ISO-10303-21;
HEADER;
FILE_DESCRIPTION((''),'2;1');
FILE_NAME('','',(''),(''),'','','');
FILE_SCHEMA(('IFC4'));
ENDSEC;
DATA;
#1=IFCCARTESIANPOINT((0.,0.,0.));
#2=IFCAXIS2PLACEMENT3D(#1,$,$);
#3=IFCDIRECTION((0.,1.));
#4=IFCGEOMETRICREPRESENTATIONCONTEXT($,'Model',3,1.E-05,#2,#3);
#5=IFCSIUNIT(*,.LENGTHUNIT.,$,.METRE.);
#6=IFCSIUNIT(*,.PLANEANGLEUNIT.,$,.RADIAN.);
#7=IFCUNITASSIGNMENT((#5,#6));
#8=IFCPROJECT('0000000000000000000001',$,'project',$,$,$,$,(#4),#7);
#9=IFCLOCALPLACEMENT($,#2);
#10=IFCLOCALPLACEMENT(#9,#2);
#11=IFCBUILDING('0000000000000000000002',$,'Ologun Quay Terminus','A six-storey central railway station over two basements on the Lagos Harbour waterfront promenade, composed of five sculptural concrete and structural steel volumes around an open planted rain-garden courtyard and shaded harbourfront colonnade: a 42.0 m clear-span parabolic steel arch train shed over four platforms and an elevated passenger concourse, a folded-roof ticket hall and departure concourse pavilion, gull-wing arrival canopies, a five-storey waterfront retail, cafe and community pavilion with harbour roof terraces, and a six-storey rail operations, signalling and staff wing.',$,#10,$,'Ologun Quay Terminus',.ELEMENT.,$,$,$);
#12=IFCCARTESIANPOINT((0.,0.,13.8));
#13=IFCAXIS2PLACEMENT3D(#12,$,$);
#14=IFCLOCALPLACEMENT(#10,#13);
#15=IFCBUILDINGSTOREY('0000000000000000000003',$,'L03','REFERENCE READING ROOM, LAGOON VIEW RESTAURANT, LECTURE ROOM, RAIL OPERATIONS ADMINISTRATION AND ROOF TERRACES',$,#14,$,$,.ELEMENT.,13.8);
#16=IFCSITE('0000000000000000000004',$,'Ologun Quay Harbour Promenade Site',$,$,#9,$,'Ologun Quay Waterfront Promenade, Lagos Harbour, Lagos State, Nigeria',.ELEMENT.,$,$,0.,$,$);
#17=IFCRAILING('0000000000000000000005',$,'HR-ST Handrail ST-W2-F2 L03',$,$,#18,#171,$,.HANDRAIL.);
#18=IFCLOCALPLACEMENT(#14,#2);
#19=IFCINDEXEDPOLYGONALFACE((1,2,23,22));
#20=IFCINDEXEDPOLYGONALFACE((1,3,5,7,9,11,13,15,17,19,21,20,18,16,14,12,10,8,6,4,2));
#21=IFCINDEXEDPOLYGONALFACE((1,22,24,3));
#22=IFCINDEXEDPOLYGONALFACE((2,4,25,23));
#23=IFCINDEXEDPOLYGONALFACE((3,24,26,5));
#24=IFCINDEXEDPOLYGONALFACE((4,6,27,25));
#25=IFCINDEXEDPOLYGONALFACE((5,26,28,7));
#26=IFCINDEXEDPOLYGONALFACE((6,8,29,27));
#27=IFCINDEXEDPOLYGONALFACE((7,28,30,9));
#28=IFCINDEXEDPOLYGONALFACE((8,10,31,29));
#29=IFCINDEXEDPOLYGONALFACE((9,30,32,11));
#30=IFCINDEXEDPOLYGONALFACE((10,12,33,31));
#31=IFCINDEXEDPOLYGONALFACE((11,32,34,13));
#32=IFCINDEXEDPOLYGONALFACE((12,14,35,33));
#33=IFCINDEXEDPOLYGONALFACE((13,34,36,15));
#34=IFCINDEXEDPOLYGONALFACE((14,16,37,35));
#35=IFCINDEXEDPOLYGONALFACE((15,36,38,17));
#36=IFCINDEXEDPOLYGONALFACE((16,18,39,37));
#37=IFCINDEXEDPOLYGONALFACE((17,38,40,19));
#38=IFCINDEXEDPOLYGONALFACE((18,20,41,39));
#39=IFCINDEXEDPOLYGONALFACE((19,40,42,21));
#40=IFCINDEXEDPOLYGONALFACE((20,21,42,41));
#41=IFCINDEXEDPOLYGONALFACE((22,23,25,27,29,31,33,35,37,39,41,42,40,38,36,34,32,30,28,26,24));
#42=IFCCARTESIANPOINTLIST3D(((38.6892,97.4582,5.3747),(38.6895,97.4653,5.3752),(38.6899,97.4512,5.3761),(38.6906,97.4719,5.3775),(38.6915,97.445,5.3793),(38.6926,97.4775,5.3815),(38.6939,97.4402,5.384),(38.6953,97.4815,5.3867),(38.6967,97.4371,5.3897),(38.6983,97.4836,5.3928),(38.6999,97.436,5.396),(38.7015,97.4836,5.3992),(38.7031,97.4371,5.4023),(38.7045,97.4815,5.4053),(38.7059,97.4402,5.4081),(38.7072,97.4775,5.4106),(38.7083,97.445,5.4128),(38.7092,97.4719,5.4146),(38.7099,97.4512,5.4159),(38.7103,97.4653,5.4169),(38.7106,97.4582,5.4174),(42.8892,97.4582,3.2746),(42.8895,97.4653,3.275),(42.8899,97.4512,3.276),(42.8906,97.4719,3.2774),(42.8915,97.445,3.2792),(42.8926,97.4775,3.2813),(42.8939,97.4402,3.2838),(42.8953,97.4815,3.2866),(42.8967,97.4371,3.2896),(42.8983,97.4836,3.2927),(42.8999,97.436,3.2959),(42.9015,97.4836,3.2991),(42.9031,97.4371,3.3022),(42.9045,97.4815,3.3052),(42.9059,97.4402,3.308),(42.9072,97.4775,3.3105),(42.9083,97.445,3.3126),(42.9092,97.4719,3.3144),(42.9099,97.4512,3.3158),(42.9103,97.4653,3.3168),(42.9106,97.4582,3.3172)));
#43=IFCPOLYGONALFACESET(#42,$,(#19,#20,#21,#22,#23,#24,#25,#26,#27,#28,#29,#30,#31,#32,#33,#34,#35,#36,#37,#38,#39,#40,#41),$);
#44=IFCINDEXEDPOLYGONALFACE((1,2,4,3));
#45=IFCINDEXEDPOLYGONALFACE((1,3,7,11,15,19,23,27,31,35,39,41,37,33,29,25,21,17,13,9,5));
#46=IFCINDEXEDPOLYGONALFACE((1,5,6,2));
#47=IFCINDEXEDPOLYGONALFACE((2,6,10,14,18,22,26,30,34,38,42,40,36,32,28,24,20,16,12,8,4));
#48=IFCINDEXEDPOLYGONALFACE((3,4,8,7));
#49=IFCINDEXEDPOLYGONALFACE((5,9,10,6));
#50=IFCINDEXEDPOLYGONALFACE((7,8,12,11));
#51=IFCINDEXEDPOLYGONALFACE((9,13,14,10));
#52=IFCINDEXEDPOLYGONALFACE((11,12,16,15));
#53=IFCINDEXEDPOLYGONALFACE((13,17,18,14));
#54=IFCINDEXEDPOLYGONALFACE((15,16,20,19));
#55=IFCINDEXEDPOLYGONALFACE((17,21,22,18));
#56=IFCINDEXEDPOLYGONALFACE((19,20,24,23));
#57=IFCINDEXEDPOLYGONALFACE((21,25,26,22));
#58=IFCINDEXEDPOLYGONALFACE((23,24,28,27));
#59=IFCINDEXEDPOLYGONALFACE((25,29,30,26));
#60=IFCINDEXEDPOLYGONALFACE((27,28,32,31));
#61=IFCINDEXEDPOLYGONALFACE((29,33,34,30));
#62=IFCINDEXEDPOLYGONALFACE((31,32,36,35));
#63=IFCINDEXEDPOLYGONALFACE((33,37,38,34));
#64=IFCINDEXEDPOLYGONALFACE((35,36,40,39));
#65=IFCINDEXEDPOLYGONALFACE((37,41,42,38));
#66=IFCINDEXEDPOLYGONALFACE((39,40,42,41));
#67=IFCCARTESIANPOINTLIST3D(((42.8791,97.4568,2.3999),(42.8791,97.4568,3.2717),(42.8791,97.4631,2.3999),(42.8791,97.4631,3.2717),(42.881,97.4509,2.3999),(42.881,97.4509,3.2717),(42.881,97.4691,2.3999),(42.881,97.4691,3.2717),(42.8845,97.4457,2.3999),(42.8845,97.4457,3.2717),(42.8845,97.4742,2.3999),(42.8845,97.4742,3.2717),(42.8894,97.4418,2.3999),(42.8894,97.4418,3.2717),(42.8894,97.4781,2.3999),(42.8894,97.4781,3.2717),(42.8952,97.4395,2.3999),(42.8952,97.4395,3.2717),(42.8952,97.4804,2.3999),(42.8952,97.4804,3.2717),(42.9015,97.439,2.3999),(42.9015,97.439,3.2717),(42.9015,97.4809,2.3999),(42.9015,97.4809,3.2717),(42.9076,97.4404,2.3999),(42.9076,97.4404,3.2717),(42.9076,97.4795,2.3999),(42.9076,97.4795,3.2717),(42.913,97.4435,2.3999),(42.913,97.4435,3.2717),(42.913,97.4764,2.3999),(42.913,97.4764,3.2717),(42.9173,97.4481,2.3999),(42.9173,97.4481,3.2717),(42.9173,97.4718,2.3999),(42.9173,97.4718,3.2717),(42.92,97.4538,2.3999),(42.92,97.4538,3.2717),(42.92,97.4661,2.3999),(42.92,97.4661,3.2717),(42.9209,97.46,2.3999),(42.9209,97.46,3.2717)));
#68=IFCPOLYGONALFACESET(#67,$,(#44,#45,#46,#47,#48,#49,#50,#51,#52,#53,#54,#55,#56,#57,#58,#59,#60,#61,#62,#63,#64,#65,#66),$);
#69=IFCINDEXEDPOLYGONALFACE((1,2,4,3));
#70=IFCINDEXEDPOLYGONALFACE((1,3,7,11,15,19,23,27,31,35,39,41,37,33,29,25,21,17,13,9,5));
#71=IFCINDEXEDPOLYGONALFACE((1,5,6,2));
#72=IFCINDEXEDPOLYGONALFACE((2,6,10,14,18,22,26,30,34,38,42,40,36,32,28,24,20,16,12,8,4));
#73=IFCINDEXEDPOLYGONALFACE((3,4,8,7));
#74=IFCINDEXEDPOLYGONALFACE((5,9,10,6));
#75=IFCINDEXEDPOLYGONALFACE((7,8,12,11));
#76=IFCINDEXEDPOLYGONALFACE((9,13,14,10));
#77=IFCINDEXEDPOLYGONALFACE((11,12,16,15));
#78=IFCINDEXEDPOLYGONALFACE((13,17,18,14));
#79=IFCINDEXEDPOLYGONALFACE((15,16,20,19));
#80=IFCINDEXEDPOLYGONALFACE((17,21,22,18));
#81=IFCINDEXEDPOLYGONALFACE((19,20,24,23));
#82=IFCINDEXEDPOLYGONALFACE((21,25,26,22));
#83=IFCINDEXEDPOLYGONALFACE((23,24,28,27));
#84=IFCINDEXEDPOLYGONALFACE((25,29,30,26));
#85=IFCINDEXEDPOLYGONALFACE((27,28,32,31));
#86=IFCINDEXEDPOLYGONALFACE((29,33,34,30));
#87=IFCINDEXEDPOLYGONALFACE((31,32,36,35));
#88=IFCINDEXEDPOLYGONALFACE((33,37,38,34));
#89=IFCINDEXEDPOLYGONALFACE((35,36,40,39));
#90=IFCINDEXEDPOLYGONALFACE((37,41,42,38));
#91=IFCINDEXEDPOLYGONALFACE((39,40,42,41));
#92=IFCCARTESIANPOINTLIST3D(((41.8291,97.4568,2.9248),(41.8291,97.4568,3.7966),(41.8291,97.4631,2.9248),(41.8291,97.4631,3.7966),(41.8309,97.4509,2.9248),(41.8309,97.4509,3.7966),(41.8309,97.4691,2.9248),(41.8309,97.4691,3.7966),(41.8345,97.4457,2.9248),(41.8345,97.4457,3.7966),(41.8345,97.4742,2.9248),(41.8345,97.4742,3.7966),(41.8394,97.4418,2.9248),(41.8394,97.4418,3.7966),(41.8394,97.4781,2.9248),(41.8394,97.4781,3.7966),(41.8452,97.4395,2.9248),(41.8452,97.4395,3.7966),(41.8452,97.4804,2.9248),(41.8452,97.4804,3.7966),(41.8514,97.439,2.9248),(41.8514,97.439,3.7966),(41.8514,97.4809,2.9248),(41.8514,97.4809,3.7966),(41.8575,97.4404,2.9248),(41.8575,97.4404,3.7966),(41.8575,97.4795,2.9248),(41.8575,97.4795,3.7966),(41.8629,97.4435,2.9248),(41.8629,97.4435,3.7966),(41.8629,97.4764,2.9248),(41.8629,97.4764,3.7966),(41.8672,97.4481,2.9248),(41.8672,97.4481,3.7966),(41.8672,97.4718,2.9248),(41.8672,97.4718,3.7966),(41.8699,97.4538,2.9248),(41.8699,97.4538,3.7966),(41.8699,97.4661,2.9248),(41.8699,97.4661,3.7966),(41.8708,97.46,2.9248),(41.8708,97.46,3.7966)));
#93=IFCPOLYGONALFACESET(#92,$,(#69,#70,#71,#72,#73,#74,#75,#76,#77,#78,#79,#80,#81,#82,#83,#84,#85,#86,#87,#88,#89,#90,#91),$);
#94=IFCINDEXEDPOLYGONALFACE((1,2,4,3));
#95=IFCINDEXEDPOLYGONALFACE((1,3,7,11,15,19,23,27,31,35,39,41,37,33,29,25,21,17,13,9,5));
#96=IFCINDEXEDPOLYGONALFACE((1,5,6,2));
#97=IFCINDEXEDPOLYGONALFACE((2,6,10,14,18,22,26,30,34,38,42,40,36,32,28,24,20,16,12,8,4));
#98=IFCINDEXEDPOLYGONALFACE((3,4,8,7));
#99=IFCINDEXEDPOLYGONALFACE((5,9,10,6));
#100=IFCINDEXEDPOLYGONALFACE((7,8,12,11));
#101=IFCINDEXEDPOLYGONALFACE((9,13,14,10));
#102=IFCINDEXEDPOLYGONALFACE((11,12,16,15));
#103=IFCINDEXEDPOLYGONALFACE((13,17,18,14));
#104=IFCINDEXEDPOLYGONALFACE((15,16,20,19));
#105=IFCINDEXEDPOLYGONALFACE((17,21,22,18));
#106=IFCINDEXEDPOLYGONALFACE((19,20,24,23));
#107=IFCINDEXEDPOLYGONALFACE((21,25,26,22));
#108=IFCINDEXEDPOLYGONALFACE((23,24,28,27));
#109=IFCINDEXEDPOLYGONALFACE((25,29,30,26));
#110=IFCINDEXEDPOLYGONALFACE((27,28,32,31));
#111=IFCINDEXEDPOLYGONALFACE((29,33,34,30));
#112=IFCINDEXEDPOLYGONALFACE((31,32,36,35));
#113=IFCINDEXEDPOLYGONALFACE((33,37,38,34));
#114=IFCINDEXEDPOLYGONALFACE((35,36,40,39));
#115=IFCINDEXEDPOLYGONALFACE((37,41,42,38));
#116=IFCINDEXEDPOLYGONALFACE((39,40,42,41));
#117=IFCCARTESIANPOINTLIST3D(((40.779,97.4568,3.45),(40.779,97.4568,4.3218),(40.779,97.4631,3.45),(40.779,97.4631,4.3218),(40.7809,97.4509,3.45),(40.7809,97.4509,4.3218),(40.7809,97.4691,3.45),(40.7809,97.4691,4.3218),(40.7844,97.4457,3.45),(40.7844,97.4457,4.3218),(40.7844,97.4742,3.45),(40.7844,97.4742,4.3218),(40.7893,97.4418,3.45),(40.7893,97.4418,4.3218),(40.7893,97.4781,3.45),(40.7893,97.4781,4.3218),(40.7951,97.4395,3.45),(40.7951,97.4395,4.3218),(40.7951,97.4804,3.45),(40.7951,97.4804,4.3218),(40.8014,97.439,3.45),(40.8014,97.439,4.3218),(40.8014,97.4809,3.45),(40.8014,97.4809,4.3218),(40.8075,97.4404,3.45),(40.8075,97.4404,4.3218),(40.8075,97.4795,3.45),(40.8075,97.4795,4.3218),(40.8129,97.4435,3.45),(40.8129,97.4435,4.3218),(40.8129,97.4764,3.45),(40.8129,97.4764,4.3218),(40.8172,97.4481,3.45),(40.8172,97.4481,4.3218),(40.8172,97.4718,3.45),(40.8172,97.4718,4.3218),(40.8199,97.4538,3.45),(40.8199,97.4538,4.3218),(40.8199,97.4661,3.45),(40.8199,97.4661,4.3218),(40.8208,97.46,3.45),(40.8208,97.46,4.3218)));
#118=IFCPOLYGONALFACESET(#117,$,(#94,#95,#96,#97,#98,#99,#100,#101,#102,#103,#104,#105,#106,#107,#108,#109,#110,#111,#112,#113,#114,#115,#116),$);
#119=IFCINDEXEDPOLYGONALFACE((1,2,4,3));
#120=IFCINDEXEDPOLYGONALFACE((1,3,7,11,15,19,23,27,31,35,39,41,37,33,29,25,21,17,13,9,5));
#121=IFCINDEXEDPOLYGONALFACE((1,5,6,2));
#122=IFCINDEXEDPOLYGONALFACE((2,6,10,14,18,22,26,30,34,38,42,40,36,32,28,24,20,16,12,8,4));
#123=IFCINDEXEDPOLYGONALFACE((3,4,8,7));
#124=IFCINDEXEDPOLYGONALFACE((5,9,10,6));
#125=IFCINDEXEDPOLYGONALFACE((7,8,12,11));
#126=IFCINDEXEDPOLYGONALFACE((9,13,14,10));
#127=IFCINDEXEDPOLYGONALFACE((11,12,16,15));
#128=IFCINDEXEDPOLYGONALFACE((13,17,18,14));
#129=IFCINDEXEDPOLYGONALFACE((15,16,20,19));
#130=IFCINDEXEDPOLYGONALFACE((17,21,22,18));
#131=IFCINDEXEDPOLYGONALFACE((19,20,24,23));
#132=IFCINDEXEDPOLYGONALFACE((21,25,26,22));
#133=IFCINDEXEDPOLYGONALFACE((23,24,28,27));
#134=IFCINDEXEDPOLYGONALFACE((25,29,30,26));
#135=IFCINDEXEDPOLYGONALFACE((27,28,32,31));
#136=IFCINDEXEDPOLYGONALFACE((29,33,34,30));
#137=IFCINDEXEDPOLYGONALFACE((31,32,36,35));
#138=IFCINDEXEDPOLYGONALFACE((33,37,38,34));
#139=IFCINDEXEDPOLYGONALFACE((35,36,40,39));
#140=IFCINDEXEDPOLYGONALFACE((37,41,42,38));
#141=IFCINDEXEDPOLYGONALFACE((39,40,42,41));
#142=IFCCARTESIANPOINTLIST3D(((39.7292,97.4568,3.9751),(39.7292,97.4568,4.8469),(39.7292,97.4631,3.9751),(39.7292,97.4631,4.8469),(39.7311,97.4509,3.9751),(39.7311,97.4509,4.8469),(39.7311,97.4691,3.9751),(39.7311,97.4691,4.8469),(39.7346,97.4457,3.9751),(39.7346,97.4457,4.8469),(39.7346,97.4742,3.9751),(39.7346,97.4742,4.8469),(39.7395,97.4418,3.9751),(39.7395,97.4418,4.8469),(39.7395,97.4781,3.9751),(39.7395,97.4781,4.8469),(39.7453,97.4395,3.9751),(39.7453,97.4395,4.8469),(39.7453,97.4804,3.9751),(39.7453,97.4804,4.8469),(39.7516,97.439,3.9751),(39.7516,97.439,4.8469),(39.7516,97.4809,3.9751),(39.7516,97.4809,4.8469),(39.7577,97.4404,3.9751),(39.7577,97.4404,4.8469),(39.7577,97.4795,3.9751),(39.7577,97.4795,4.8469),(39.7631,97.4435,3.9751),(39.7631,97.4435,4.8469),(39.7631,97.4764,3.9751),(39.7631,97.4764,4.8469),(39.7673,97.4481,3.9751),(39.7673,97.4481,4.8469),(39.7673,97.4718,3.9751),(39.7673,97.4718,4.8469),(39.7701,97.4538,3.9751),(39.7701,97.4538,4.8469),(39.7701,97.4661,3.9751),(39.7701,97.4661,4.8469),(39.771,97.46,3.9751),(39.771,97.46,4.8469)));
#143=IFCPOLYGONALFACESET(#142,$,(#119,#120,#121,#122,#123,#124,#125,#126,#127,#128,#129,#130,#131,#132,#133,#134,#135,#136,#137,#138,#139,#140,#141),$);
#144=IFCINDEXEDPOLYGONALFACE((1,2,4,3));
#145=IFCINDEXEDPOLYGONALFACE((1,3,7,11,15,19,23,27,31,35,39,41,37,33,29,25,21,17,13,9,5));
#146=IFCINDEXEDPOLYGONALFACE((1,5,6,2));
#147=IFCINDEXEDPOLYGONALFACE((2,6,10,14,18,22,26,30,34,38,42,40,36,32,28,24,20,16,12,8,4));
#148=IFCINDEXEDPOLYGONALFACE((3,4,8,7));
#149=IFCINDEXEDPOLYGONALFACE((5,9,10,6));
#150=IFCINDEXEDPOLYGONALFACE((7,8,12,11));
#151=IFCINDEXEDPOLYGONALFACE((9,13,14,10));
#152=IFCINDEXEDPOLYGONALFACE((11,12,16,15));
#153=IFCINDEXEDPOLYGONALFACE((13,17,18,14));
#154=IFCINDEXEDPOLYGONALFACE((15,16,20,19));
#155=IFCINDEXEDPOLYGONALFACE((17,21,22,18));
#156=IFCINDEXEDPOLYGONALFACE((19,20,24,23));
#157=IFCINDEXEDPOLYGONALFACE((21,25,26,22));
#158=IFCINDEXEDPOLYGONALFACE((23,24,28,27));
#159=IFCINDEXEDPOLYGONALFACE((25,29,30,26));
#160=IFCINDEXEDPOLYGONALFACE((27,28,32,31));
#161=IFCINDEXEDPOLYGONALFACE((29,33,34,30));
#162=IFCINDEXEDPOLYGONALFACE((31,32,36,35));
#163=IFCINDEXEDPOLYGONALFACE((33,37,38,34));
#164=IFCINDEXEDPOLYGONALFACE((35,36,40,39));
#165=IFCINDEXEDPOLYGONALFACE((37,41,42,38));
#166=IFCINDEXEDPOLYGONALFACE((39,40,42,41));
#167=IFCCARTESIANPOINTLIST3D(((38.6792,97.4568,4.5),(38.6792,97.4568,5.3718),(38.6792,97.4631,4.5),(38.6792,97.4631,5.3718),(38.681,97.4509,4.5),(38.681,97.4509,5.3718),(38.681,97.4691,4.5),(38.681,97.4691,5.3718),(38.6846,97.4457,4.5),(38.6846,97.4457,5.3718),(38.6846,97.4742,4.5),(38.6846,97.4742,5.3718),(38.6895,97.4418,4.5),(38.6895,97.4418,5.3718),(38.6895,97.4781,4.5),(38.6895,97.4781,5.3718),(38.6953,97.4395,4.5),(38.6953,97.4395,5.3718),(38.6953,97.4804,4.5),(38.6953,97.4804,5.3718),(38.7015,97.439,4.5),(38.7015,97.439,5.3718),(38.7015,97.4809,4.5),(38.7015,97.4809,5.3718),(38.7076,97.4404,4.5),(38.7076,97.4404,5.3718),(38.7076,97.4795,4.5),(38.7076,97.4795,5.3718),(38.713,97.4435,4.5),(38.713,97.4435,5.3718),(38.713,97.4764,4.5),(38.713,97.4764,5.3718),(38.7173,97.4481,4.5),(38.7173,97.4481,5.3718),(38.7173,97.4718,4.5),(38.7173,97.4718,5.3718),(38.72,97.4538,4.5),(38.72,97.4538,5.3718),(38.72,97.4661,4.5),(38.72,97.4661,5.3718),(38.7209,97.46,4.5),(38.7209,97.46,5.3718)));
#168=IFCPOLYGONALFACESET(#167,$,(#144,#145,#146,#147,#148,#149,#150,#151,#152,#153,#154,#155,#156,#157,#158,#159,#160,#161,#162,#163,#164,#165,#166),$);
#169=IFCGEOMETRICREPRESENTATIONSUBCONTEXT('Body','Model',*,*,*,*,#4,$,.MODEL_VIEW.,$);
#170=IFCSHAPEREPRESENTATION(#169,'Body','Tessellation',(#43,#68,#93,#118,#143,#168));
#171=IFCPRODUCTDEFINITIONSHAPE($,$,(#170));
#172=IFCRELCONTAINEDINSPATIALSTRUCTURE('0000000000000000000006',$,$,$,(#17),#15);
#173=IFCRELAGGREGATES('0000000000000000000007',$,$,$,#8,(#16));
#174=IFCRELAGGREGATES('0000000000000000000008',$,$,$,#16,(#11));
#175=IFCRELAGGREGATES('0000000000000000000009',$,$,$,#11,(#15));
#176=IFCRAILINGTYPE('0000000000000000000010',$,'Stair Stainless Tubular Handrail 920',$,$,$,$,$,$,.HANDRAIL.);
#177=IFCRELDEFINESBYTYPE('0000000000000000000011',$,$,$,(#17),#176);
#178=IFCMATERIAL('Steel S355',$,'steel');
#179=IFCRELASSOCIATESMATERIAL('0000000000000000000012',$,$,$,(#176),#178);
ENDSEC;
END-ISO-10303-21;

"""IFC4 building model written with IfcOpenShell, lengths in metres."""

from ifc_helpers import new_model, si_unit, direction, frame, origin, origin_2d, place, context, subcontext, project, spatial, circle, extrude, material, type_object, element, save


model = new_model("IFC4")

# Units and contexts
model_context = context("Model", 3, precision=1e-05, world=origin(), true_north=direction((0.0, 1.0)))
body_context = subcontext(model_context, "Body", "Model", "MODEL_VIEW")
ifc_project = project(units=[si_unit("LENGTHUNIT", "METRE"), si_unit("PLANEANGLEUNIT", "RADIAN")], contexts=[model_context])

# Site, building, storey
site_placement = place(None, origin())
site = spatial("IfcSite", under=ifc_project, at=site_placement, Name="Ologun Quay Harbour Promenade Site", LongName="Ologun Quay Waterfront Promenade, Lagos Harbour, Lagos State, Nigeria", CompositionType="ELEMENT", RefElevation=0.0)
building_placement = place(site_placement, origin())
building = spatial("IfcBuilding", under=site, at=building_placement, Name="Ologun Quay Terminus", Description="A six-storey central railway station over two basements on the Lagos Harbour waterfront promenade, composed of five sculptural concrete and structural steel volumes around an open planted rain-garden courtyard and shaded harbourfront colonnade: a 42.0 m clear-span parabolic steel arch train shed over four platforms and an elevated passenger concourse, a folded-roof ticket hall and departure concourse pavilion, gull-wing arrival canopies, a five-storey waterfront retail, cafe and community pavilion with harbour roof terraces, and a six-storey rail operations, signalling and staff wing.", LongName="Ologun Quay Terminus", CompositionType="ELEMENT")
storey_placement = place(building_placement, frame((0.0, 0.0, 13.8)))
storey = spatial("IfcBuildingStorey", under=building, at=storey_placement, Name="L03", Description="REFERENCE READING ROOM, LAGOON VIEW RESTAURANT, LECTURE ROOM, RAIL OPERATIONS ADMINISTRATION AND ROOF TERRACES", CompositionType="ELEMENT", Elevation=13.8)

# Railing
ifc_material_1 = material(Name="Steel S355", Category="steel")
railing_type = type_object("IfcRailingType", Name="Stair Stainless Tubular Handrail 920", PredefinedType="HANDRAIL", material=ifc_material_1)
railing_placement = place(storey_placement, frame((42.8999, 97.46, 2.3999)))
element("IfcRailing", 1, at=railing_placement, inside=storey, type_object=railing_type, Name="HR-ST Handrail ST-W2-F2 L03", PredefinedType="HANDRAIL", context=body_context, shape_type="SweptSolid", body=[
    extrude(circle(Radius=0.0239, at=origin_2d()), frame((0.0, 0.0, 0.896), z_axis=(-0.894417, 0.0, 0.447234), x_axis=(0.0, -1.0, 0.0)), (0.0, 0.0, 1.0), 4.6958),
    extrude(circle(Radius=0.021, at=origin_2d()), origin(), (0.0, 0.0, 1.0), 0.8718),
    extrude(circle(Radius=0.021, at=origin_2d()), frame((-1.05, 0.0, 0.5249)), (0.0, 0.0, 1.0), 0.8718),
    extrude(circle(Radius=0.021, at=origin_2d()), frame((-2.1001, 0.0, 1.05)), (0.0, 0.0, 1.0), 0.8718),
    extrude(circle(Radius=0.021, at=origin_2d()), frame((-3.1499, 0.0, 1.5752)), (0.0, 0.0, 1.0), 0.8718),
    extrude(circle(Radius=0.021, at=origin_2d()), frame((-4.2, 0.0, 2.1001)), (0.0, 0.0, 1.0), 0.8718),
])

save(model, "model.ifc")
